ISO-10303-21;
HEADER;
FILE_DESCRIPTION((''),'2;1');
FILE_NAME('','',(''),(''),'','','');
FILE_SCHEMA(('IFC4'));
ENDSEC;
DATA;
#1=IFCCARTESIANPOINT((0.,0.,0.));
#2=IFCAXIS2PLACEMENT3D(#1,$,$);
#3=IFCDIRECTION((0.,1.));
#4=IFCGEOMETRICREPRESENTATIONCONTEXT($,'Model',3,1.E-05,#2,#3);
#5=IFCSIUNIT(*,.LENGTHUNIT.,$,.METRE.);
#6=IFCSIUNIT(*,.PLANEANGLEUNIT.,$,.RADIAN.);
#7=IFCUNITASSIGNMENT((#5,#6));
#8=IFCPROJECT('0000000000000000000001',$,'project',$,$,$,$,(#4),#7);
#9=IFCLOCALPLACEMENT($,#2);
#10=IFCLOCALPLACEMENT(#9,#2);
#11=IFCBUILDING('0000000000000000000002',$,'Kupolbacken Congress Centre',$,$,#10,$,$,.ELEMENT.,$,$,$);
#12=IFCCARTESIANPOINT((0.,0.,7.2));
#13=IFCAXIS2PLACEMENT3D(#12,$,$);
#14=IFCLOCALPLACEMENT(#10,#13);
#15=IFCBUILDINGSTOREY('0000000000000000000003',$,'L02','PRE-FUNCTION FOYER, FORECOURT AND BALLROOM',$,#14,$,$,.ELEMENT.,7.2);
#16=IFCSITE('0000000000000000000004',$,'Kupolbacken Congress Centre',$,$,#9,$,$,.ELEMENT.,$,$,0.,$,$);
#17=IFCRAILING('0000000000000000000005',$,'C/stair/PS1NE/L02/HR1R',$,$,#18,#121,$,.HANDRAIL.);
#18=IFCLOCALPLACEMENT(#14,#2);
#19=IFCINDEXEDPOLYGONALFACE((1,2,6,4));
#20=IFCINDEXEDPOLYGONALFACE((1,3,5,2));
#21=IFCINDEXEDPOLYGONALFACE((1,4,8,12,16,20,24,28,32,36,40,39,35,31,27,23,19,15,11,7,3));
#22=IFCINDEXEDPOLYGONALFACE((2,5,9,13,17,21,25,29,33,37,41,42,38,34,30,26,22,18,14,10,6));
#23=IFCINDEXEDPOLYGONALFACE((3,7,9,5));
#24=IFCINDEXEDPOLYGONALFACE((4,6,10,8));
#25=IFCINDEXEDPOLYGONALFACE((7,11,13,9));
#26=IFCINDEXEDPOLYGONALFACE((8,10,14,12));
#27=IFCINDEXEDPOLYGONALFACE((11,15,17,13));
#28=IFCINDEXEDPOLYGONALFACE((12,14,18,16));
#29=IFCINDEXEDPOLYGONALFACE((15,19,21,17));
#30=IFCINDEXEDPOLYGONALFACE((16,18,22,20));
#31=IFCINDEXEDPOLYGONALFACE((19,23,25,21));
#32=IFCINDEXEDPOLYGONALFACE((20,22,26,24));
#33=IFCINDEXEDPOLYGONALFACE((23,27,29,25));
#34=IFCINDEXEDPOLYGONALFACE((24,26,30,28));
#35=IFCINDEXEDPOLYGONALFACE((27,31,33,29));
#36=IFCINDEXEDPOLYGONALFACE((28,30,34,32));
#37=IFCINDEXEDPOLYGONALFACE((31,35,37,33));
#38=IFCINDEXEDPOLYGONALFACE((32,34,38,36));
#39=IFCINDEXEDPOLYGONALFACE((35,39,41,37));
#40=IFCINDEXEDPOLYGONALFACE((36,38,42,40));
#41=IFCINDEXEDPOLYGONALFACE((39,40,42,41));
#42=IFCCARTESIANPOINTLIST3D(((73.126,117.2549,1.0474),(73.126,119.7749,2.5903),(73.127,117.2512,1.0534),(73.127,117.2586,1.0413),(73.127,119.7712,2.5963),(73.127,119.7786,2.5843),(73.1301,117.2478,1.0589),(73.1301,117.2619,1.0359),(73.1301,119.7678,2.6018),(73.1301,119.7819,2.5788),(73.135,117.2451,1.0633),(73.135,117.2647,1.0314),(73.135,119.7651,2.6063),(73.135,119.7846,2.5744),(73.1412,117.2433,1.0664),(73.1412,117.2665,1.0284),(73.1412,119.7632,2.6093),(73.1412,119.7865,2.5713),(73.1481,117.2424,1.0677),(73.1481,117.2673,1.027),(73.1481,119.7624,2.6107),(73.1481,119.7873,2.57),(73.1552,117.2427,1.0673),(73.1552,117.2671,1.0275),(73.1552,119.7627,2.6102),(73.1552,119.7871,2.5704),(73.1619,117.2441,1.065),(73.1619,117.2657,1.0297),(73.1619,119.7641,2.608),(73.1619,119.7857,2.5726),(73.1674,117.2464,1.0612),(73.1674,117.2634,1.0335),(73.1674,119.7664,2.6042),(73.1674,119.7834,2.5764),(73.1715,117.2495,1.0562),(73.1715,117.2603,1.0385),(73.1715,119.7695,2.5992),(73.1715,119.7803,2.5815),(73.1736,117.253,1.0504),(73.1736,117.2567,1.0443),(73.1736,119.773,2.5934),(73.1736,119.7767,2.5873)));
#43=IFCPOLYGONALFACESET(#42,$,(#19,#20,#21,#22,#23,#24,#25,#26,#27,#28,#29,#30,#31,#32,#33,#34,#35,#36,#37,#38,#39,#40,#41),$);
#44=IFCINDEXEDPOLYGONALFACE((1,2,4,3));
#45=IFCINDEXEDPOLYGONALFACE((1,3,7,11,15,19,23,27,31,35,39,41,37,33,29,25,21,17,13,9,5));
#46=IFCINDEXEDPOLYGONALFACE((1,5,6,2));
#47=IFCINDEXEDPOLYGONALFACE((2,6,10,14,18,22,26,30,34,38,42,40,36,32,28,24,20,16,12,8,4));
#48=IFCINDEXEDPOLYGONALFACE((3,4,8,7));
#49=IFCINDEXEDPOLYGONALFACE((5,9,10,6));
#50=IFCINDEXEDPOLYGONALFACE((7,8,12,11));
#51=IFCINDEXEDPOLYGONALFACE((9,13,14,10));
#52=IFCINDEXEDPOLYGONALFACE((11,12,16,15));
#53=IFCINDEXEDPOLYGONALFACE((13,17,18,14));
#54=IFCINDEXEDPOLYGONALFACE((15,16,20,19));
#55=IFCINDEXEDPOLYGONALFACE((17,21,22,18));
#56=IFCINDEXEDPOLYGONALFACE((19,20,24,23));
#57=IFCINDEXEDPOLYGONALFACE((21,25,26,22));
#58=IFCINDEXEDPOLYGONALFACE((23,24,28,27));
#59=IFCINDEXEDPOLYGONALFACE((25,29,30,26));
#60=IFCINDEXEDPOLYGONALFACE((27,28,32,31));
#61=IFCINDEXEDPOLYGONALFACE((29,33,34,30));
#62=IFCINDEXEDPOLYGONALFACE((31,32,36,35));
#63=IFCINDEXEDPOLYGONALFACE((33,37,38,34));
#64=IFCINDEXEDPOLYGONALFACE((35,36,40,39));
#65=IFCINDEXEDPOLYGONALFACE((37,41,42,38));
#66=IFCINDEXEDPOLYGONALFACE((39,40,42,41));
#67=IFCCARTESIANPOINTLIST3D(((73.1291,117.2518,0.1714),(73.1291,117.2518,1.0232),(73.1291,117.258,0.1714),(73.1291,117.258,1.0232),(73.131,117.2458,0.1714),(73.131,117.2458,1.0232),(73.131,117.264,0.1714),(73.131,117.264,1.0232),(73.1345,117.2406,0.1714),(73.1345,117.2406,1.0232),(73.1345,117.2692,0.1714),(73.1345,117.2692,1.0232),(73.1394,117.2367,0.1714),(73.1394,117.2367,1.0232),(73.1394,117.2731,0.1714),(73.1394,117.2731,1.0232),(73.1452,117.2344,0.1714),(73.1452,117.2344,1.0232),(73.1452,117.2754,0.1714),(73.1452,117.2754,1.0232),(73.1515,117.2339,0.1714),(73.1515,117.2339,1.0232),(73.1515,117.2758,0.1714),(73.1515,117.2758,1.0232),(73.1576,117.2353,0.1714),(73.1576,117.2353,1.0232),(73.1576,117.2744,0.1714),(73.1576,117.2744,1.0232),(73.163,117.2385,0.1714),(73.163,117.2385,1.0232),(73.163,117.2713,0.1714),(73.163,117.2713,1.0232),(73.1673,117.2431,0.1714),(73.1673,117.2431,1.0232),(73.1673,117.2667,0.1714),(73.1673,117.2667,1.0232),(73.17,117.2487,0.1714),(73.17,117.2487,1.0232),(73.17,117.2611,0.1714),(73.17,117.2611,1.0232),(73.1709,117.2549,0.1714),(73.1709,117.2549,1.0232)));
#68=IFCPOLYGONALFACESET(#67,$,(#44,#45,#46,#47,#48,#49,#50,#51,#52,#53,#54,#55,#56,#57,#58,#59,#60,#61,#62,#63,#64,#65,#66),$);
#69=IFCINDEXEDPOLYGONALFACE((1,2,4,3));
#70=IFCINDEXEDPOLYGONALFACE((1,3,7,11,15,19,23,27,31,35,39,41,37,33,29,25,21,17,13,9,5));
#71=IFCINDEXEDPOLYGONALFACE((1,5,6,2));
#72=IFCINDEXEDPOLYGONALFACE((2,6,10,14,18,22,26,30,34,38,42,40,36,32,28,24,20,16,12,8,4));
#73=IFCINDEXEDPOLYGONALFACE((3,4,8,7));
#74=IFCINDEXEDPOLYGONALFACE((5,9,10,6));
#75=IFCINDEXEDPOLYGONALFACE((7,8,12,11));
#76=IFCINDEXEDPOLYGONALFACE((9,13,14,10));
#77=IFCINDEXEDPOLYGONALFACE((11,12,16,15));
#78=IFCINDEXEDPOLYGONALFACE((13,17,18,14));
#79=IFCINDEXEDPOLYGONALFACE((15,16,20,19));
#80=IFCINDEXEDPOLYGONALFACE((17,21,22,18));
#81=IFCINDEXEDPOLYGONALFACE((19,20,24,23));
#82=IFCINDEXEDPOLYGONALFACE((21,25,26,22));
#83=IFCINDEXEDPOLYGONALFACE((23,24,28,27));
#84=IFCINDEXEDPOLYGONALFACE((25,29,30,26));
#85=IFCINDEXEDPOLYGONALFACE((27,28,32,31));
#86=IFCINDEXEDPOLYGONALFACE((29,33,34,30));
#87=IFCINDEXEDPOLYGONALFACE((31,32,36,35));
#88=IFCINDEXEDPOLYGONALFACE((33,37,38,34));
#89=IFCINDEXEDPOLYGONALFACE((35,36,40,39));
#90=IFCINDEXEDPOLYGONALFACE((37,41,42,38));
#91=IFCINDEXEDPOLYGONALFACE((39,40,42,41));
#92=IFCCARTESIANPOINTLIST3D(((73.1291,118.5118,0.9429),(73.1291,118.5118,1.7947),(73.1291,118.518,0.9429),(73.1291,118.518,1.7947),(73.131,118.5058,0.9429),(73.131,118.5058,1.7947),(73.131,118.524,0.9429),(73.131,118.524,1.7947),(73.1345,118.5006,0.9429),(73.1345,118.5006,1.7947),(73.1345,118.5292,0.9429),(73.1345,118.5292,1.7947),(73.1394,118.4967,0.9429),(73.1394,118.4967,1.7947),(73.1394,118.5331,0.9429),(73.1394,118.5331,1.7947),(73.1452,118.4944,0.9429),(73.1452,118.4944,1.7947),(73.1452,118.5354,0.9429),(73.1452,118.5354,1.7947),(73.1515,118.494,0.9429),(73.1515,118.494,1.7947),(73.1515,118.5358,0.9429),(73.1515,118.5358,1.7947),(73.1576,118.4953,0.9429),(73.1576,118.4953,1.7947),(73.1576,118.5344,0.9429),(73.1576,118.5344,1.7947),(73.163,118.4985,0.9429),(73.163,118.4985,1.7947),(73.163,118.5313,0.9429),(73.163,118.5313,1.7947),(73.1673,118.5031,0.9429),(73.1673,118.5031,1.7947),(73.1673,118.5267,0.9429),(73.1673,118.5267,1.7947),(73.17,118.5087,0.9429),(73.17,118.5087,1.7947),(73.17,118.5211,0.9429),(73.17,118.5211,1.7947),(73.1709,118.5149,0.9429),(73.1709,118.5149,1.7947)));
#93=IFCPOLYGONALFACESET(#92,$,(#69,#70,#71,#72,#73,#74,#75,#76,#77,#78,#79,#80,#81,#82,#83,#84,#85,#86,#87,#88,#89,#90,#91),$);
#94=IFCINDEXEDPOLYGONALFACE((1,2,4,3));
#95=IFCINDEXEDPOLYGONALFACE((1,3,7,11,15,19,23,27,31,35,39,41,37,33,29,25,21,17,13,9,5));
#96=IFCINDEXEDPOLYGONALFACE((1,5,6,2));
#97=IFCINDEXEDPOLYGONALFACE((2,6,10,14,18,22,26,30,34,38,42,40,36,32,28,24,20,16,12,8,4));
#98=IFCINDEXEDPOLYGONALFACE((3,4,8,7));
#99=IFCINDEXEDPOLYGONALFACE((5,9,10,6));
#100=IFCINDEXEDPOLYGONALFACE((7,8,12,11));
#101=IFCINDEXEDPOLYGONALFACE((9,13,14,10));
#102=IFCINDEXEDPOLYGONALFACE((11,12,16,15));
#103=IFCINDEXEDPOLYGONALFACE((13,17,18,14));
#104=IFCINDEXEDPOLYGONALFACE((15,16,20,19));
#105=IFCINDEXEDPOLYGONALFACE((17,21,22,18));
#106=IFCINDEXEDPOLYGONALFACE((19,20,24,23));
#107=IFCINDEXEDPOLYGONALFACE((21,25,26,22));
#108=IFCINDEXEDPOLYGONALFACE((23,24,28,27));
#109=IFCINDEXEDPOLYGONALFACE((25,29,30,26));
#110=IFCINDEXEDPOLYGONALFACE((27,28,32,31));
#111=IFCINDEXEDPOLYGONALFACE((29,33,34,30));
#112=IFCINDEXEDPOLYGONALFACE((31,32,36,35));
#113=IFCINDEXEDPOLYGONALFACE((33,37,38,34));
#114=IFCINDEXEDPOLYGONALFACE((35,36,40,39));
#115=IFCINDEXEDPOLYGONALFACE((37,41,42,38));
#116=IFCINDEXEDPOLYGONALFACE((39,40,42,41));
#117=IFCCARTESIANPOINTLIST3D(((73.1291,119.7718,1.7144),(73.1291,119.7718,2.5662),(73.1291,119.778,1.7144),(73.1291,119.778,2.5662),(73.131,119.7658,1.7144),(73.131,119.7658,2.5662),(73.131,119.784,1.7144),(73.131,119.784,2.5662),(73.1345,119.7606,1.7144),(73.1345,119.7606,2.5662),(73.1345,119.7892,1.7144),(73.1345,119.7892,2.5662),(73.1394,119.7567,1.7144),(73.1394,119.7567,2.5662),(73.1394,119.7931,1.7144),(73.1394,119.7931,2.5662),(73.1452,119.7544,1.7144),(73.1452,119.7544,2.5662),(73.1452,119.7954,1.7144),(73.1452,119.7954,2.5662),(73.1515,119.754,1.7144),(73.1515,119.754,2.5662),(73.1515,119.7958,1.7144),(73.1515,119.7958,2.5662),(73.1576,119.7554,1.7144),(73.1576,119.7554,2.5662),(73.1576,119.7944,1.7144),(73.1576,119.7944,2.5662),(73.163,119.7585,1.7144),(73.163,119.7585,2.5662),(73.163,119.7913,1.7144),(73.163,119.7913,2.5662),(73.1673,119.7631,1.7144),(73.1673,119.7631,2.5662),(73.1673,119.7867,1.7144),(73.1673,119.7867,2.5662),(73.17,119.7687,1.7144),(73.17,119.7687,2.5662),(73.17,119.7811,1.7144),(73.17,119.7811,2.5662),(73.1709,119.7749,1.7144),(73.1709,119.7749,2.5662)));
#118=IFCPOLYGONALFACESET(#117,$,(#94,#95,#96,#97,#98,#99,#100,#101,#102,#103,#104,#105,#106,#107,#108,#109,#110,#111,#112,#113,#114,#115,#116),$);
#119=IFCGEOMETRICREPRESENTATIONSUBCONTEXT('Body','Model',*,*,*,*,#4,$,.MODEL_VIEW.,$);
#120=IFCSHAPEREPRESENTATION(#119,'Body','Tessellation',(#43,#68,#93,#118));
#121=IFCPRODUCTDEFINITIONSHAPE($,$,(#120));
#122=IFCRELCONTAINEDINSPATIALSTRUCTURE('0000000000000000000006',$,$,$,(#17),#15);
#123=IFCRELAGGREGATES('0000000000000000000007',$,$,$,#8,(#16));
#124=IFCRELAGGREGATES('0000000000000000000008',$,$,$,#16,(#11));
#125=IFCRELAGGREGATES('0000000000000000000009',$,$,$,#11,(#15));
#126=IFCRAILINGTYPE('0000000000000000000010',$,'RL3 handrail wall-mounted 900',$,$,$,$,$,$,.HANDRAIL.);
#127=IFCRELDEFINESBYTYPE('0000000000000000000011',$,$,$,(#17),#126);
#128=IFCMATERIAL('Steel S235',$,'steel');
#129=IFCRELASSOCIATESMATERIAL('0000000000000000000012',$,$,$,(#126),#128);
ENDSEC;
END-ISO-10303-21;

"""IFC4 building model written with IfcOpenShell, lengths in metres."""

from ifc_helpers import new_model, si_unit, direction, frame, origin, origin_2d, place, context, subcontext, project, spatial, circle, extrude, material, type_object, element, save


model = new_model("IFC4")

# Units and contexts
model_context = context("Model", 3, precision=1e-05, world=origin(), true_north=direction((0.0, 1.0)))
body_context = subcontext(model_context, "Body", "Model", "MODEL_VIEW")
ifc_project = project(units=[si_unit("LENGTHUNIT", "METRE"), si_unit("PLANEANGLEUNIT", "RADIAN")], contexts=[model_context])

# Site, building, storey
site_placement = place(None, origin())
site = spatial("IfcSite", under=ifc_project, at=site_placement, Name="Kupolbacken Congress Centre", CompositionType="ELEMENT", RefElevation=0.0)
building_placement = place(site_placement, origin())
building = spatial("IfcBuilding", under=site, at=building_placement, Name="Kupolbacken Congress Centre", CompositionType="ELEMENT")
storey_placement = place(building_placement, frame((0.0, 0.0, 7.2)))
storey = spatial("IfcBuildingStorey", under=building, at=storey_placement, Name="L02", Description="PRE-FUNCTION FOYER, FORECOURT AND BALLROOM", CompositionType="ELEMENT", Elevation=7.2)

# Railing
ifc_material_1 = material(Name="Steel S235", Category="steel")
railing_type = type_object("IfcRailingType", Name="RL3 handrail wall-mounted 900", PredefinedType="HANDRAIL", material=ifc_material_1)
for number, where, name in (
    (1, (73.1499, 117.2549, 0.1714), "C/stair/PS1NE/L02/HR1R"),
):
    element("IfcRailing", number, at=place(storey_placement, frame(where)), inside=storey, type_object=railing_type, Name=name, PredefinedType="HANDRAIL", context=body_context, shape_type="SweptSolid", body=[
        extrude(circle(Radius=0.0239, at=origin_2d()), frame((0.0, 0.0, 0.876), z_axis=(0.0, 0.852836, 0.522178), x_axis=(-1.0, 0.0, 0.0)), (0.0, 0.0, 1.0), 2.9548),
        extrude(circle(Radius=0.021, at=origin_2d()), origin(), (0.0, 0.0, 1.0), 0.8518),
        extrude(circle(Radius=0.021, at=origin_2d()), frame((0.0, 1.26, 0.7715)), (0.0, 0.0, 1.0), 0.8518),
        extrude(circle(Radius=0.021, at=origin_2d()), frame((0.0, 2.52, 1.543)), (0.0, 0.0, 1.0), 0.8518),
    ])

save(model, "model.ifc")
